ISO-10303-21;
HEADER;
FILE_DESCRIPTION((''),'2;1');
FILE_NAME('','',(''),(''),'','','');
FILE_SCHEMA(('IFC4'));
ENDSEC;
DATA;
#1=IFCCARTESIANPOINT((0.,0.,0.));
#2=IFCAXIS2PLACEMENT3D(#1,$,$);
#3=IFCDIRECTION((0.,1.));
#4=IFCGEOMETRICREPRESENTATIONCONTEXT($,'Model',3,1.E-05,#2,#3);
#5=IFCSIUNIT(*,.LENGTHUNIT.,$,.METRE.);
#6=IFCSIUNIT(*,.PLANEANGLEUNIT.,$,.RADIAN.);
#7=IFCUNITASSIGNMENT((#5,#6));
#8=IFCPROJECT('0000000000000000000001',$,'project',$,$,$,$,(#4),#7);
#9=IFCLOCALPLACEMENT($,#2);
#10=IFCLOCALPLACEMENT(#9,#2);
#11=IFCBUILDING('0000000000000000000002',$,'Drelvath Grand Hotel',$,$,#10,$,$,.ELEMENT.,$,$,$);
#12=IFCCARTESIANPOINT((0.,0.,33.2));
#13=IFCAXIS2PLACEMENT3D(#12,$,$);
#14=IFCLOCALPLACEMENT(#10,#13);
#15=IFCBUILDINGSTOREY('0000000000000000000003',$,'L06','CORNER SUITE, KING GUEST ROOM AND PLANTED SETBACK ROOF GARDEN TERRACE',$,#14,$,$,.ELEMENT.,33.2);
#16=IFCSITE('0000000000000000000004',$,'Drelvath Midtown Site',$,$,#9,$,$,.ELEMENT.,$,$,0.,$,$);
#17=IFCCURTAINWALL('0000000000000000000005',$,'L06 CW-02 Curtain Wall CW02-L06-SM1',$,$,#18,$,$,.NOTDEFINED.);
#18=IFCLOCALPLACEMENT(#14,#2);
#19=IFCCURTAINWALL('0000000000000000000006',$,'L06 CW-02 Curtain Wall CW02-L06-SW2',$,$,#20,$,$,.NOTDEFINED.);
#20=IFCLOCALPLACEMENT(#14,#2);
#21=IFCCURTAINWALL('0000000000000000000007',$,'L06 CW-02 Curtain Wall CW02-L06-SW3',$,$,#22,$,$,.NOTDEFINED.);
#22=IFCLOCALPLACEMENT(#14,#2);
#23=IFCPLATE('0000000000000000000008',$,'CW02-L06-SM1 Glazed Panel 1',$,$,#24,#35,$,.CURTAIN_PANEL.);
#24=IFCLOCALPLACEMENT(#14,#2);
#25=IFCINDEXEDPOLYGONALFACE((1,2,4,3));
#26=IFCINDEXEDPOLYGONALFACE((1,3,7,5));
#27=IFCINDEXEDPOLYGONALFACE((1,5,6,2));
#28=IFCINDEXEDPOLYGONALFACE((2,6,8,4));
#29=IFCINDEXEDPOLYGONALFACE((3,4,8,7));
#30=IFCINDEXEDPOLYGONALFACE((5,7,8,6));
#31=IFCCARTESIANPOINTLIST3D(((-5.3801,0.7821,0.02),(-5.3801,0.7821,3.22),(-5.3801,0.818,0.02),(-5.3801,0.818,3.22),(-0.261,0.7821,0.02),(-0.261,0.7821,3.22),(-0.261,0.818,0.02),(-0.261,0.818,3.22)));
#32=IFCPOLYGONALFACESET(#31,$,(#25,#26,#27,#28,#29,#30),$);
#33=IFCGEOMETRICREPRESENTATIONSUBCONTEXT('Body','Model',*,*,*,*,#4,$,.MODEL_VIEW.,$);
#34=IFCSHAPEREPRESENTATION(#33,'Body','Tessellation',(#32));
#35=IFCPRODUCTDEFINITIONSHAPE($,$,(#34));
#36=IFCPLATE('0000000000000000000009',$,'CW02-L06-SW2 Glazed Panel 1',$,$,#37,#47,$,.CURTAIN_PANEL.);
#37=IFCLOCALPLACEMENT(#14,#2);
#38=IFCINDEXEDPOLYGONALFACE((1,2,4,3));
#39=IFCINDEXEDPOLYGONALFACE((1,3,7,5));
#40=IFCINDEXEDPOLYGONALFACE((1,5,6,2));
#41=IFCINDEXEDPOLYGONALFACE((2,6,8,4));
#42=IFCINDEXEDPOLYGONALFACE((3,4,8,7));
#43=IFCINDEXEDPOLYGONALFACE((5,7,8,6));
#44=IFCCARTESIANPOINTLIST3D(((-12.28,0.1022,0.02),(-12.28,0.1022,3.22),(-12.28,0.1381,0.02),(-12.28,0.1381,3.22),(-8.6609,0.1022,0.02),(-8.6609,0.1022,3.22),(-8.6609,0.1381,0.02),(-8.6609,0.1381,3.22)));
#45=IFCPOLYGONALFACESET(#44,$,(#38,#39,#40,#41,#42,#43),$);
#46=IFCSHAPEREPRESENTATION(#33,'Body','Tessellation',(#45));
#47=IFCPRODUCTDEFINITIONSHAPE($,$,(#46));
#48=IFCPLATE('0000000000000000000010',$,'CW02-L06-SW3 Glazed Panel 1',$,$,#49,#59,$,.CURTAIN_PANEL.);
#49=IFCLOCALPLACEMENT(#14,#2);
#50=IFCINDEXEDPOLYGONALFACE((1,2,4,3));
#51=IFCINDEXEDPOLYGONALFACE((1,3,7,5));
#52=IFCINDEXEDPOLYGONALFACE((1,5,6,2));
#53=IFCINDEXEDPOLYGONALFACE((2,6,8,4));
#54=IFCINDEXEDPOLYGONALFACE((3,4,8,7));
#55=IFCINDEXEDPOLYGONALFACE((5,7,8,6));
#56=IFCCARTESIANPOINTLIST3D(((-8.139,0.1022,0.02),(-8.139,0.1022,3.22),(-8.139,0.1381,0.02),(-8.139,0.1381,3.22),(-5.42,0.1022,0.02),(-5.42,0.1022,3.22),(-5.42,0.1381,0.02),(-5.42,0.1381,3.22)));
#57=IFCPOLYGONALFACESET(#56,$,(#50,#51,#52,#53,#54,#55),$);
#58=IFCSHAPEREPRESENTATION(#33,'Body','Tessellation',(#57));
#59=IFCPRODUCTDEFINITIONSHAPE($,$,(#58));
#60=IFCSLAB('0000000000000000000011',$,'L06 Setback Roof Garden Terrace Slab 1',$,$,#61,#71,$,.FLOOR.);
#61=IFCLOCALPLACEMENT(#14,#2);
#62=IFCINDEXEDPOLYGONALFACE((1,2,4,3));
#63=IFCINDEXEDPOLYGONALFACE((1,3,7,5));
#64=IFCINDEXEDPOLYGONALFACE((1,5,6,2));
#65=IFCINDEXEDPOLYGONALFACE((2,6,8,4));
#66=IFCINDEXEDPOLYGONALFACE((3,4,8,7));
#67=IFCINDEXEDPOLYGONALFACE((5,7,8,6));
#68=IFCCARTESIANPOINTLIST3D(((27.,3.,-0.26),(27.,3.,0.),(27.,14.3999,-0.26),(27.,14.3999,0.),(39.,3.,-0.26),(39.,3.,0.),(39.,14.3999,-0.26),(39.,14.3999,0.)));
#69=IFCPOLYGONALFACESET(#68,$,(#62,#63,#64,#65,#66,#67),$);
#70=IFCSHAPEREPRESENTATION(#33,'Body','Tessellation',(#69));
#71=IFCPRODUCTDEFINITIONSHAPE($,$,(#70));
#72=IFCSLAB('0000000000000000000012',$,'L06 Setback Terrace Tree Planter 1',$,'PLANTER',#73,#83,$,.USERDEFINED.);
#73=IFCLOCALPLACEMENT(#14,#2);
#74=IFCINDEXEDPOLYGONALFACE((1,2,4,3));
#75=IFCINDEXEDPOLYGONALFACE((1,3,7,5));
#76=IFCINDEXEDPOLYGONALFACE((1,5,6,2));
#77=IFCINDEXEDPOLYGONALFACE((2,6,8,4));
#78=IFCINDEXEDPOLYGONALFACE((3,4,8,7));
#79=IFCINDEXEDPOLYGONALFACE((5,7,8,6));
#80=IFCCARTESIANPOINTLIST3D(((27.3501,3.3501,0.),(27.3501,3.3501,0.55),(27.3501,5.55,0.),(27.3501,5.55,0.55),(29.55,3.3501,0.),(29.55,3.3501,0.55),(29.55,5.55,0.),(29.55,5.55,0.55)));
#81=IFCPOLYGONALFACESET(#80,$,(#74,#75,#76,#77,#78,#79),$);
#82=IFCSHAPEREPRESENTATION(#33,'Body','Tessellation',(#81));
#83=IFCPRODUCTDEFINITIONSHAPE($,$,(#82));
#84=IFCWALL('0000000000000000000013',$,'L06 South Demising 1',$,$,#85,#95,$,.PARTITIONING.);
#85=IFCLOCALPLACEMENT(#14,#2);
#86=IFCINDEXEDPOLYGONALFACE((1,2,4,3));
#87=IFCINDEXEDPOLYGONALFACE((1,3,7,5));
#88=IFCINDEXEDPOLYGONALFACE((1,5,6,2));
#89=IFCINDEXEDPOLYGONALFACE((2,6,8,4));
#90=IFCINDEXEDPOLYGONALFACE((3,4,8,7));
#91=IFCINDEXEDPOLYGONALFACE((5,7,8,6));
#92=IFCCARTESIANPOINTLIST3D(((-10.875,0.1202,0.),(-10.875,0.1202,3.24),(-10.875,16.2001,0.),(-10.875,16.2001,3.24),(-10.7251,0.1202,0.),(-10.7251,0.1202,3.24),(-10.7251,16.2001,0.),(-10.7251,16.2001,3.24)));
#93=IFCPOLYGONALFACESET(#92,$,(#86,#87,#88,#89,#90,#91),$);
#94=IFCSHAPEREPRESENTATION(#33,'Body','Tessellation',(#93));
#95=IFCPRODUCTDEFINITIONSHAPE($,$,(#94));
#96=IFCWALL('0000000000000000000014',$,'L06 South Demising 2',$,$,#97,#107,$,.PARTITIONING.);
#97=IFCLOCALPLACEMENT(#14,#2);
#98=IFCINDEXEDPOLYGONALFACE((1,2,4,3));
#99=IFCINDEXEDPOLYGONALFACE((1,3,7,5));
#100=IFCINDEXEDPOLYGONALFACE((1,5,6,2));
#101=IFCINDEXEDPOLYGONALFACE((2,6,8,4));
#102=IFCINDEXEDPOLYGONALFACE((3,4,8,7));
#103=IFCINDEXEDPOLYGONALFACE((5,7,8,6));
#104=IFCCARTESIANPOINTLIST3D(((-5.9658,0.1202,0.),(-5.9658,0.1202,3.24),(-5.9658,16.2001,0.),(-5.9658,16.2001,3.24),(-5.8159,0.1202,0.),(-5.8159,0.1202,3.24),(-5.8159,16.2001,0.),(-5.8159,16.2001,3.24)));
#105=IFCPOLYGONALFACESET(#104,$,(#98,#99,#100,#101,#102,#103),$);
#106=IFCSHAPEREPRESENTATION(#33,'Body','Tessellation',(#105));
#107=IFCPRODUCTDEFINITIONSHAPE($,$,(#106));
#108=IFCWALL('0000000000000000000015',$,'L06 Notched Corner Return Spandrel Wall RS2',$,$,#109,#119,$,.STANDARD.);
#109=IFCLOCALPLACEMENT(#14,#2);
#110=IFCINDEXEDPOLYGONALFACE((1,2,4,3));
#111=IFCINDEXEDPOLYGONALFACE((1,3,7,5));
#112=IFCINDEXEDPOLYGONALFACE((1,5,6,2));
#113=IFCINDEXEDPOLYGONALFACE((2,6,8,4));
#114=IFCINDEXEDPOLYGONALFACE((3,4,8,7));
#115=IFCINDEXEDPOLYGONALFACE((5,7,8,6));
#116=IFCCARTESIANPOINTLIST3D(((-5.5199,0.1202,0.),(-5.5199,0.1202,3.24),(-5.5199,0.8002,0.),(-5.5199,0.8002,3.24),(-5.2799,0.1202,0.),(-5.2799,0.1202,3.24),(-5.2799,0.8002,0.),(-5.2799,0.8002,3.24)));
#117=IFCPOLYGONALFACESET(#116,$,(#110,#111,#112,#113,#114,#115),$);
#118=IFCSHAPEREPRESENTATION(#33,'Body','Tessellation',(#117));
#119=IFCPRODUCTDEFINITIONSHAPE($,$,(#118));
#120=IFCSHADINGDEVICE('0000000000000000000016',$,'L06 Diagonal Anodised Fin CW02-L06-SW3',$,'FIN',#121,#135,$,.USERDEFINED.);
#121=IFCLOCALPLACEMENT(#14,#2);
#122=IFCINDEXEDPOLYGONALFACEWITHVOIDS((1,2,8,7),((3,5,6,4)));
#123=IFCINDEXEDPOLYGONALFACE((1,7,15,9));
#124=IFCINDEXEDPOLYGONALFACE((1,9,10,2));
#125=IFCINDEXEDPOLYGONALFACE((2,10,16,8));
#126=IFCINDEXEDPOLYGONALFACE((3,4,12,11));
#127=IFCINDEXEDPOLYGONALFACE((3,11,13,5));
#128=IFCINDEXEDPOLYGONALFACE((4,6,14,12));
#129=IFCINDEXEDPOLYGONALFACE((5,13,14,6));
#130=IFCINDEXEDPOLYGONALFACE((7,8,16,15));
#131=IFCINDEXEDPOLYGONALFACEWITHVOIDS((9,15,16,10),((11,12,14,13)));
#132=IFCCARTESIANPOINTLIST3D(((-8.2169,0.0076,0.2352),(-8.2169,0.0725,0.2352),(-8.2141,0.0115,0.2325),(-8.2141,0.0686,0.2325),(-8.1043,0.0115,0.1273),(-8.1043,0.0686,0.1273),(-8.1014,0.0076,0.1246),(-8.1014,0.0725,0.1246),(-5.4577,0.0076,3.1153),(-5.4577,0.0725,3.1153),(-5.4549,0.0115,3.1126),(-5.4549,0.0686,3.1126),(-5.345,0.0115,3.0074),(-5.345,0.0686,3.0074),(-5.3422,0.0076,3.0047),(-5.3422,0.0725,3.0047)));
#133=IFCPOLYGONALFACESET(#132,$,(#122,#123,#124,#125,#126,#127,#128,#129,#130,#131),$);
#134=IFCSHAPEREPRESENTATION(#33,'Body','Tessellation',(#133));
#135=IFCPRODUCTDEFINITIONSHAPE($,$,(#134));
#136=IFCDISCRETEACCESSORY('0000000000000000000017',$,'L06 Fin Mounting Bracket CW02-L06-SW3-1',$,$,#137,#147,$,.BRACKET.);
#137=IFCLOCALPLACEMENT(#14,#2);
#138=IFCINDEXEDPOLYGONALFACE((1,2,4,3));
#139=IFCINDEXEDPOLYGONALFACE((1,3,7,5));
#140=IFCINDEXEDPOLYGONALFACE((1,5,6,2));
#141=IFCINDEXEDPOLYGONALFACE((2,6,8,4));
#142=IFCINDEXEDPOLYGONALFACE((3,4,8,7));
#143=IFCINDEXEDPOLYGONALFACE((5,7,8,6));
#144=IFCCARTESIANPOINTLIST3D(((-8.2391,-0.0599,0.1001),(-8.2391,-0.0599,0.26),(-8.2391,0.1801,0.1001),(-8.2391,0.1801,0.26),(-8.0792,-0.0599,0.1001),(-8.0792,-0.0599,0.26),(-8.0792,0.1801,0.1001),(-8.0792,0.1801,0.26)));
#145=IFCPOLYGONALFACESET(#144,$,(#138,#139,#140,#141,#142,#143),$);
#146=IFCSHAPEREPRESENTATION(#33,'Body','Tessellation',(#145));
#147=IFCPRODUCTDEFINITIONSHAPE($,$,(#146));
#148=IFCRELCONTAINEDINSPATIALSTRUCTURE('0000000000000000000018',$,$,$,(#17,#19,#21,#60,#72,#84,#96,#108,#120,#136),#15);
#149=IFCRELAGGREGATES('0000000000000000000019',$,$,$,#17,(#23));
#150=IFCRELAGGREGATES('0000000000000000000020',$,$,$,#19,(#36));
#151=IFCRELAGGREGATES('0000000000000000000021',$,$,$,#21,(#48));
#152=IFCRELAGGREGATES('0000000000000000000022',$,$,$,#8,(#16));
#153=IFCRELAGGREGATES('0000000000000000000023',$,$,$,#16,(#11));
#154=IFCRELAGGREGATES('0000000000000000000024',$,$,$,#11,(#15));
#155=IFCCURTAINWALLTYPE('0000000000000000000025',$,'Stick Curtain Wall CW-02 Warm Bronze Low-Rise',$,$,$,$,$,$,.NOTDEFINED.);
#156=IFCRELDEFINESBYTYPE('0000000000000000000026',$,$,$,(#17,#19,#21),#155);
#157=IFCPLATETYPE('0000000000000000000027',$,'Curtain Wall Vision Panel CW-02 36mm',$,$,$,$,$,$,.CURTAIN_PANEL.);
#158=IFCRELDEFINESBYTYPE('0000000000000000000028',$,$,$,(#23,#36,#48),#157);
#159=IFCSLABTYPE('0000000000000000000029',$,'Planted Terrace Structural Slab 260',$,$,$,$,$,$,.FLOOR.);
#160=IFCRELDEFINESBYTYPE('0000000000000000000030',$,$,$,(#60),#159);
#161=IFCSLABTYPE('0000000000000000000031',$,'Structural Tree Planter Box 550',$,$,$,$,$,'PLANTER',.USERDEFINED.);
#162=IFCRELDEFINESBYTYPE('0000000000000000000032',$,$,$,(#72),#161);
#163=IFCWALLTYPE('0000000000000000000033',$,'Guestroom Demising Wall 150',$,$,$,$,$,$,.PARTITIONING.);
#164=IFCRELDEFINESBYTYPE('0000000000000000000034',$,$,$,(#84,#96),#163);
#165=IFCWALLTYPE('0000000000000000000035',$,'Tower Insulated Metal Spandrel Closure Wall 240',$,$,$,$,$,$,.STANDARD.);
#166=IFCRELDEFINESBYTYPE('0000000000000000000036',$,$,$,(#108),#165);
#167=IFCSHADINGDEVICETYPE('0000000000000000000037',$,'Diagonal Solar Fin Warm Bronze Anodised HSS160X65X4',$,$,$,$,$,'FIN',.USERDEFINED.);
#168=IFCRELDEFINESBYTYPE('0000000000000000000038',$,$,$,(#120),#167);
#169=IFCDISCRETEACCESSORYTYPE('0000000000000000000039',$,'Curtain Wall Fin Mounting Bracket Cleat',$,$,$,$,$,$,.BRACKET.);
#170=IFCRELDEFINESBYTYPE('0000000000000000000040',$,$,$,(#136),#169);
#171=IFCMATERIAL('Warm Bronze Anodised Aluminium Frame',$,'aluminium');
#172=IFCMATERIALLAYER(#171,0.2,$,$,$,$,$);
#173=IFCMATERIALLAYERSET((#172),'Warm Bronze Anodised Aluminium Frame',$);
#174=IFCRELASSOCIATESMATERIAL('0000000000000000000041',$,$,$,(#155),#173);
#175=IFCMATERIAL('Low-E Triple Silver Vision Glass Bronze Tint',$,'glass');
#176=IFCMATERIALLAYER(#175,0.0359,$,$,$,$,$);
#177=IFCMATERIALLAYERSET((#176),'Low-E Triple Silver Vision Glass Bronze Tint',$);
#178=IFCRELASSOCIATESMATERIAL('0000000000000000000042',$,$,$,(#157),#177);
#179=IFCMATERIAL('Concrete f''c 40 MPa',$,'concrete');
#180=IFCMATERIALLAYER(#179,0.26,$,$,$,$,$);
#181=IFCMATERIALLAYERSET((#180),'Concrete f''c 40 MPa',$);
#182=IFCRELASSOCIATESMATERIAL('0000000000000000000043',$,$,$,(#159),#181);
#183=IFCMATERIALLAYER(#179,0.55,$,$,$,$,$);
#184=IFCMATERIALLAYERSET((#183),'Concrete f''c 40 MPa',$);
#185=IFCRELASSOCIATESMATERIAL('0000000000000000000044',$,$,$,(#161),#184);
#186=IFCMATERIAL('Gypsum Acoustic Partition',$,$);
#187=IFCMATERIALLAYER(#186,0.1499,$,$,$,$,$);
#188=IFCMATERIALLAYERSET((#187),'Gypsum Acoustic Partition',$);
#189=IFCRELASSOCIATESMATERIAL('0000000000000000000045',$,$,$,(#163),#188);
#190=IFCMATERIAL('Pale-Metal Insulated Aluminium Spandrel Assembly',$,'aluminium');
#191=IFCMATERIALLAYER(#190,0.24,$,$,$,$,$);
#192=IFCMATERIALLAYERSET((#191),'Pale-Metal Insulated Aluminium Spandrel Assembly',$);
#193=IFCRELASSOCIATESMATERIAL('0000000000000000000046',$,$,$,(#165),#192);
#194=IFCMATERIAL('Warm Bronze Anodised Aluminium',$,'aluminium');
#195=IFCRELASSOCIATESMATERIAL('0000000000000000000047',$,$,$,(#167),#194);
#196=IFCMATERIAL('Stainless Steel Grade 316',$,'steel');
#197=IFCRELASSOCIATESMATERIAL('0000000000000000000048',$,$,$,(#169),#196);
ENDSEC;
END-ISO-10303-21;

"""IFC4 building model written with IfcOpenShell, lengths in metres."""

from ifc_helpers import new_model, si_unit, direction, frame, frame_2d, origin, origin_2d, place, context, subcontext, project, spatial, polyline, rectangle, hollow_rectangle, outline, extrude, material, layer, layer_set, material_profile, profile_set, type_object, element, aggregate, save


model = new_model("IFC4")

# Units and contexts
model_context = context("Model", 3, precision=1e-05, world=origin(), true_north=direction((0.0, 1.0)))
body_context = subcontext(model_context, "Body", "Model", "MODEL_VIEW")
ifc_project = project(units=[si_unit("LENGTHUNIT", "METRE"), si_unit("PLANEANGLEUNIT", "RADIAN")], contexts=[model_context])

# Site, building, storey
site_placement = place(None, origin())
site = spatial("IfcSite", under=ifc_project, at=site_placement, Name="Drelvath Midtown Site", CompositionType="ELEMENT", RefElevation=0.0)
building_placement = place(site_placement, origin())
building = spatial("IfcBuilding", under=site, at=building_placement, Name="Drelvath Grand Hotel", CompositionType="ELEMENT")
storey_placement = place(building_placement, frame((0.0, 0.0, 33.2)))
storey = spatial("IfcBuildingStorey", under=building, at=storey_placement, Name="L06", Description="CORNER SUITE, KING GUEST ROOM AND PLANTED SETBACK ROOF GARDEN TERRACE", CompositionType="ELEMENT", Elevation=33.2)

# Curtain walls
ifc_material_1 = material(Name="Warm Bronze Anodised Aluminium Frame", Category="aluminium")
ifc_layer_1 = layer(ifc_material_1, 0.2)
ifc_layer_set_1 = layer_set([ifc_layer_1], Name="Warm Bronze Anodised Aluminium Frame")
curtain_wall_type = type_object("IfcCurtainWallType", Name="Stick Curtain Wall CW-02 Warm Bronze Low-Rise", PredefinedType="NOTDEFINED", material=ifc_layer_set_1)
curtain_wall_1_placement = place(storey_placement, origin())
curtain_wall_1 = element("IfcCurtainWall", 1, at=curtain_wall_1_placement, inside=storey, type_object=curtain_wall_type, Name="L06 CW-02 Curtain Wall CW02-L06-SM1", PredefinedType="NOTDEFINED")
curtain_wall_2_placement = place(storey_placement, origin())
curtain_wall_2 = element("IfcCurtainWall", 2, at=curtain_wall_2_placement, inside=storey, type_object=curtain_wall_type, Name="L06 CW-02 Curtain Wall CW02-L06-SW2", PredefinedType="NOTDEFINED")
curtain_wall_3_placement = place(storey_placement, origin())
curtain_wall_3 = element("IfcCurtainWall", 3, at=curtain_wall_3_placement, inside=storey, type_object=curtain_wall_type, Name="L06 CW-02 Curtain Wall CW02-L06-SW3", PredefinedType="NOTDEFINED")

# Shared definitions
ifc_material_2 = material(Name="Concrete f'c 40 MPa", Category="concrete")

# Plates
ifc_material_3 = material(Name="Low-E Triple Silver Vision Glass Bronze Tint", Category="glass")
ifc_layer_2 = layer(ifc_material_3, 0.0359)
ifc_layer_set_2 = layer_set([ifc_layer_2], Name="Low-E Triple Silver Vision Glass Bronze Tint")
plate_type = type_object("IfcPlateType", Name="Curtain Wall Vision Panel CW-02 36mm", PredefinedType="CURTAIN_PANEL", material=ifc_layer_set_2)
plate_1_placement = place(storey_placement, frame((-2.8206, 0.8, 0.02), z_axis=(0.0, 0.0, 1.0), x_axis=(-1.0, 0.0, 0.0)))
plate_1 = element("IfcPlate", 4, at=plate_1_placement, type_object=plate_type, Name="CW02-L06-SM1 Glazed Panel 1", PredefinedType="CURTAIN_PANEL", context=body_context, shape_type="SweptSolid", body=[
    extrude(rectangle(XDim=5.1191, YDim=0.0359, at=origin_2d()), origin(), (0.0, 0.0, 1.0), 3.2),
])
aggregate(curtain_wall_1, [plate_1])
plate_2_placement = place(storey_placement, frame((-10.4705, 0.1201, 0.02), z_axis=(0.0, 0.0, 1.0), x_axis=(-1.0, 0.0, 0.0)))
plate_2 = element("IfcPlate", 5, at=plate_2_placement, type_object=plate_type, Name="CW02-L06-SW2 Glazed Panel 1", PredefinedType="CURTAIN_PANEL", context=body_context, shape_type="SweptSolid", body=[
    extrude(rectangle(XDim=3.6191, YDim=0.0359, at=origin_2d()), origin(), (0.0, 0.0, 1.0), 3.2),
])
aggregate(curtain_wall_2, [plate_2])
plate_3_placement = place(storey_placement, frame((-6.7795, 0.1201, 0.02), z_axis=(0.0, 0.0, 1.0), x_axis=(-1.0, 0.0, 0.0)))
plate_3 = element("IfcPlate", 6, at=plate_3_placement, type_object=plate_type, Name="CW02-L06-SW3 Glazed Panel 1", PredefinedType="CURTAIN_PANEL", context=body_context, shape_type="SweptSolid", body=[
    extrude(rectangle(XDim=2.719, YDim=0.0359, at=origin_2d()), origin(), (0.0, 0.0, 1.0), 3.2),
])
aggregate(curtain_wall_3, [plate_3])

# Slabs
ifc_layer_3 = layer(ifc_material_2, 0.26)
ifc_layer_set_3 = layer_set([ifc_layer_3], Name="Concrete f'c 40 MPa")
slab_type_1 = type_object("IfcSlabType", Name="Planted Terrace Structural Slab 260", PredefinedType="FLOOR", material=ifc_layer_set_3)
slab_1_placement = place(storey_placement, frame((0.0, 0.0, -0.26)))
element("IfcSlab", 7, at=slab_1_placement, inside=storey, type_object=slab_type_1, Name="L06 Setback Roof Garden Terrace Slab 1", PredefinedType="FLOOR", context=body_context, shape_type="SweptSolid", body=[
    extrude(outline(polyline([(27.0, 3.0), (39.0, 3.0), (39.0, 14.3999), (27.0, 14.3999), (27.0, 3.0)])), origin(), (0.0, 0.0, 1.0), 0.26),
])
ifc_layer_4 = layer(ifc_material_2, 0.55)
ifc_layer_set_4 = layer_set([ifc_layer_4], Name="Concrete f'c 40 MPa")
slab_type_2 = type_object("IfcSlabType", Name="Structural Tree Planter Box 550", ElementType="PLANTER", PredefinedType="USERDEFINED", material=ifc_layer_set_4)
slab_2_placement = place(storey_placement, origin())
element("IfcSlab", 8, at=slab_2_placement, inside=storey, type_object=slab_type_2, Name="L06 Setback Terrace Tree Planter 1", ObjectType="PLANTER", PredefinedType="USERDEFINED", context=body_context, shape_type="SweptSolid", body=[
    extrude(outline(polyline([(27.3501, 3.3501), (29.55, 3.3501), (29.55, 5.55), (27.3501, 5.55), (27.3501, 3.3501)])), origin(), (0.0, 0.0, 1.0), 0.55),
])

# Walls
ifc_material_4 = material(Name="Gypsum Acoustic Partition")
ifc_layer_5 = layer(ifc_material_4, 0.1499)
ifc_layer_set_5 = layer_set([ifc_layer_5], Name="Gypsum Acoustic Partition")
wall_type_1 = type_object("IfcWallType", Name="Guestroom Demising Wall 150", PredefinedType="PARTITIONING", material=ifc_layer_set_5)
for number, where, z_axis, x_axis, name in (
    (9, (-10.8, 0.1201, 0.0), (0.0, 0.0, 1.0), (0.0, 1.0, 0.0), "L06 South Demising 1"),
    (10, (-5.8909, 0.1201, 0.0), (0.0, 0.0, 1.0), (0.0, 1.0, 0.0), "L06 South Demising 2"),
):
    element("IfcWall", number, at=place(storey_placement, frame(where, z_axis=z_axis, x_axis=x_axis)), inside=storey, type_object=wall_type_1, Name=name, PredefinedType="PARTITIONING", context=body_context, shape_type="SweptSolid", body=[
        extrude(rectangle(XDim=16.0798, YDim=0.1499, at=frame_2d((8.04, 0.0))), origin(), (0.0, 0.0, 1.0), 3.24),
    ])
ifc_material_5 = material(Name="Pale-Metal Insulated Aluminium Spandrel Assembly", Category="aluminium")
ifc_layer_6 = layer(ifc_material_5, 0.24)
ifc_layer_set_6 = layer_set([ifc_layer_6], Name="Pale-Metal Insulated Aluminium Spandrel Assembly")
wall_type_2 = type_object("IfcWallType", Name="Tower Insulated Metal Spandrel Closure Wall 240", PredefinedType="STANDARD", material=ifc_layer_set_6)
wall_placement = place(storey_placement, frame((-5.3999, 0.8, 0.0), z_axis=(0.0, 0.0, 1.0), x_axis=(0.0, -1.0, 0.0)))
element("IfcWall", 11, at=wall_placement, inside=storey, type_object=wall_type_2, Name="L06 Notched Corner Return Spandrel Wall RS2", PredefinedType="STANDARD", context=body_context, shape_type="SweptSolid", body=[
    extrude(rectangle(XDim=0.6799, YDim=0.24, at=frame_2d((0.3398, 0.0))), origin(), (0.0, 0.0, 1.0), 3.24),
])

# Shading device
ifc_material_6 = material(Name="Warm Bronze Anodised Aluminium", Category="aluminium")
ifc_material_profile_1 = material_profile(ifc_material_6, hollow_rectangle(XDim=0.0649, YDim=0.1599, WallThickness=0.0039, at=origin_2d()), Name="HSS160X65X4")
ifc_profile_set_1 = profile_set([ifc_material_profile_1], Name="Warm Bronze Anodised Aluminium")
shading_device_type = type_object("IfcShadingDeviceType", Name="Diagonal Solar Fin Warm Bronze Anodised HSS160X65X4", ElementType="FIN", PredefinedType="USERDEFINED", material=ifc_profile_set_1)
shading_device_placement = place(storey_placement, frame((-8.1592, 0.04, 0.1799), z_axis=(0.691795, 0.0, 0.722094), x_axis=(0.0, 1.0, 0.0)))
element("IfcShadingDevice", 12, at=shading_device_placement, inside=storey, type_object=shading_device_type, Name="L06 Diagonal Anodised Fin CW02-L06-SW3", ObjectType="FIN", PredefinedType="USERDEFINED", context=body_context, shape_type="SweptSolid", body=[
    extrude(hollow_rectangle(XDim=0.0649, YDim=0.1599, WallThickness=0.0039, at=origin_2d()), origin(), (0.0, 0.0, 1.0), 3.9885),
])

# Discrete accessory
ifc_material_7 = material(Name="Stainless Steel Grade 316", Category="steel")
discrete_accessory_type = type_object("IfcDiscreteAccessoryType", Name="Curtain Wall Fin Mounting Bracket Cleat", PredefinedType="BRACKET", material=ifc_material_7)
discrete_accessory_placement = place(storey_placement, frame((-8.1592, 0.0601, 0.1001), z_axis=(0.0, 0.0, 1.0), x_axis=(-1.0, 0.0, 0.0)))
element("IfcDiscreteAccessory", 13, at=discrete_accessory_placement, inside=storey, type_object=discrete_accessory_type, Name="L06 Fin Mounting Bracket CW02-L06-SW3-1", PredefinedType="BRACKET", context=body_context, shape_type="SweptSolid", body=[
    extrude(rectangle(XDim=0.1599, YDim=0.24, at=origin_2d()), origin(), (0.0, 0.0, 1.0), 0.1599),
])

save(model, "model.ifc")
